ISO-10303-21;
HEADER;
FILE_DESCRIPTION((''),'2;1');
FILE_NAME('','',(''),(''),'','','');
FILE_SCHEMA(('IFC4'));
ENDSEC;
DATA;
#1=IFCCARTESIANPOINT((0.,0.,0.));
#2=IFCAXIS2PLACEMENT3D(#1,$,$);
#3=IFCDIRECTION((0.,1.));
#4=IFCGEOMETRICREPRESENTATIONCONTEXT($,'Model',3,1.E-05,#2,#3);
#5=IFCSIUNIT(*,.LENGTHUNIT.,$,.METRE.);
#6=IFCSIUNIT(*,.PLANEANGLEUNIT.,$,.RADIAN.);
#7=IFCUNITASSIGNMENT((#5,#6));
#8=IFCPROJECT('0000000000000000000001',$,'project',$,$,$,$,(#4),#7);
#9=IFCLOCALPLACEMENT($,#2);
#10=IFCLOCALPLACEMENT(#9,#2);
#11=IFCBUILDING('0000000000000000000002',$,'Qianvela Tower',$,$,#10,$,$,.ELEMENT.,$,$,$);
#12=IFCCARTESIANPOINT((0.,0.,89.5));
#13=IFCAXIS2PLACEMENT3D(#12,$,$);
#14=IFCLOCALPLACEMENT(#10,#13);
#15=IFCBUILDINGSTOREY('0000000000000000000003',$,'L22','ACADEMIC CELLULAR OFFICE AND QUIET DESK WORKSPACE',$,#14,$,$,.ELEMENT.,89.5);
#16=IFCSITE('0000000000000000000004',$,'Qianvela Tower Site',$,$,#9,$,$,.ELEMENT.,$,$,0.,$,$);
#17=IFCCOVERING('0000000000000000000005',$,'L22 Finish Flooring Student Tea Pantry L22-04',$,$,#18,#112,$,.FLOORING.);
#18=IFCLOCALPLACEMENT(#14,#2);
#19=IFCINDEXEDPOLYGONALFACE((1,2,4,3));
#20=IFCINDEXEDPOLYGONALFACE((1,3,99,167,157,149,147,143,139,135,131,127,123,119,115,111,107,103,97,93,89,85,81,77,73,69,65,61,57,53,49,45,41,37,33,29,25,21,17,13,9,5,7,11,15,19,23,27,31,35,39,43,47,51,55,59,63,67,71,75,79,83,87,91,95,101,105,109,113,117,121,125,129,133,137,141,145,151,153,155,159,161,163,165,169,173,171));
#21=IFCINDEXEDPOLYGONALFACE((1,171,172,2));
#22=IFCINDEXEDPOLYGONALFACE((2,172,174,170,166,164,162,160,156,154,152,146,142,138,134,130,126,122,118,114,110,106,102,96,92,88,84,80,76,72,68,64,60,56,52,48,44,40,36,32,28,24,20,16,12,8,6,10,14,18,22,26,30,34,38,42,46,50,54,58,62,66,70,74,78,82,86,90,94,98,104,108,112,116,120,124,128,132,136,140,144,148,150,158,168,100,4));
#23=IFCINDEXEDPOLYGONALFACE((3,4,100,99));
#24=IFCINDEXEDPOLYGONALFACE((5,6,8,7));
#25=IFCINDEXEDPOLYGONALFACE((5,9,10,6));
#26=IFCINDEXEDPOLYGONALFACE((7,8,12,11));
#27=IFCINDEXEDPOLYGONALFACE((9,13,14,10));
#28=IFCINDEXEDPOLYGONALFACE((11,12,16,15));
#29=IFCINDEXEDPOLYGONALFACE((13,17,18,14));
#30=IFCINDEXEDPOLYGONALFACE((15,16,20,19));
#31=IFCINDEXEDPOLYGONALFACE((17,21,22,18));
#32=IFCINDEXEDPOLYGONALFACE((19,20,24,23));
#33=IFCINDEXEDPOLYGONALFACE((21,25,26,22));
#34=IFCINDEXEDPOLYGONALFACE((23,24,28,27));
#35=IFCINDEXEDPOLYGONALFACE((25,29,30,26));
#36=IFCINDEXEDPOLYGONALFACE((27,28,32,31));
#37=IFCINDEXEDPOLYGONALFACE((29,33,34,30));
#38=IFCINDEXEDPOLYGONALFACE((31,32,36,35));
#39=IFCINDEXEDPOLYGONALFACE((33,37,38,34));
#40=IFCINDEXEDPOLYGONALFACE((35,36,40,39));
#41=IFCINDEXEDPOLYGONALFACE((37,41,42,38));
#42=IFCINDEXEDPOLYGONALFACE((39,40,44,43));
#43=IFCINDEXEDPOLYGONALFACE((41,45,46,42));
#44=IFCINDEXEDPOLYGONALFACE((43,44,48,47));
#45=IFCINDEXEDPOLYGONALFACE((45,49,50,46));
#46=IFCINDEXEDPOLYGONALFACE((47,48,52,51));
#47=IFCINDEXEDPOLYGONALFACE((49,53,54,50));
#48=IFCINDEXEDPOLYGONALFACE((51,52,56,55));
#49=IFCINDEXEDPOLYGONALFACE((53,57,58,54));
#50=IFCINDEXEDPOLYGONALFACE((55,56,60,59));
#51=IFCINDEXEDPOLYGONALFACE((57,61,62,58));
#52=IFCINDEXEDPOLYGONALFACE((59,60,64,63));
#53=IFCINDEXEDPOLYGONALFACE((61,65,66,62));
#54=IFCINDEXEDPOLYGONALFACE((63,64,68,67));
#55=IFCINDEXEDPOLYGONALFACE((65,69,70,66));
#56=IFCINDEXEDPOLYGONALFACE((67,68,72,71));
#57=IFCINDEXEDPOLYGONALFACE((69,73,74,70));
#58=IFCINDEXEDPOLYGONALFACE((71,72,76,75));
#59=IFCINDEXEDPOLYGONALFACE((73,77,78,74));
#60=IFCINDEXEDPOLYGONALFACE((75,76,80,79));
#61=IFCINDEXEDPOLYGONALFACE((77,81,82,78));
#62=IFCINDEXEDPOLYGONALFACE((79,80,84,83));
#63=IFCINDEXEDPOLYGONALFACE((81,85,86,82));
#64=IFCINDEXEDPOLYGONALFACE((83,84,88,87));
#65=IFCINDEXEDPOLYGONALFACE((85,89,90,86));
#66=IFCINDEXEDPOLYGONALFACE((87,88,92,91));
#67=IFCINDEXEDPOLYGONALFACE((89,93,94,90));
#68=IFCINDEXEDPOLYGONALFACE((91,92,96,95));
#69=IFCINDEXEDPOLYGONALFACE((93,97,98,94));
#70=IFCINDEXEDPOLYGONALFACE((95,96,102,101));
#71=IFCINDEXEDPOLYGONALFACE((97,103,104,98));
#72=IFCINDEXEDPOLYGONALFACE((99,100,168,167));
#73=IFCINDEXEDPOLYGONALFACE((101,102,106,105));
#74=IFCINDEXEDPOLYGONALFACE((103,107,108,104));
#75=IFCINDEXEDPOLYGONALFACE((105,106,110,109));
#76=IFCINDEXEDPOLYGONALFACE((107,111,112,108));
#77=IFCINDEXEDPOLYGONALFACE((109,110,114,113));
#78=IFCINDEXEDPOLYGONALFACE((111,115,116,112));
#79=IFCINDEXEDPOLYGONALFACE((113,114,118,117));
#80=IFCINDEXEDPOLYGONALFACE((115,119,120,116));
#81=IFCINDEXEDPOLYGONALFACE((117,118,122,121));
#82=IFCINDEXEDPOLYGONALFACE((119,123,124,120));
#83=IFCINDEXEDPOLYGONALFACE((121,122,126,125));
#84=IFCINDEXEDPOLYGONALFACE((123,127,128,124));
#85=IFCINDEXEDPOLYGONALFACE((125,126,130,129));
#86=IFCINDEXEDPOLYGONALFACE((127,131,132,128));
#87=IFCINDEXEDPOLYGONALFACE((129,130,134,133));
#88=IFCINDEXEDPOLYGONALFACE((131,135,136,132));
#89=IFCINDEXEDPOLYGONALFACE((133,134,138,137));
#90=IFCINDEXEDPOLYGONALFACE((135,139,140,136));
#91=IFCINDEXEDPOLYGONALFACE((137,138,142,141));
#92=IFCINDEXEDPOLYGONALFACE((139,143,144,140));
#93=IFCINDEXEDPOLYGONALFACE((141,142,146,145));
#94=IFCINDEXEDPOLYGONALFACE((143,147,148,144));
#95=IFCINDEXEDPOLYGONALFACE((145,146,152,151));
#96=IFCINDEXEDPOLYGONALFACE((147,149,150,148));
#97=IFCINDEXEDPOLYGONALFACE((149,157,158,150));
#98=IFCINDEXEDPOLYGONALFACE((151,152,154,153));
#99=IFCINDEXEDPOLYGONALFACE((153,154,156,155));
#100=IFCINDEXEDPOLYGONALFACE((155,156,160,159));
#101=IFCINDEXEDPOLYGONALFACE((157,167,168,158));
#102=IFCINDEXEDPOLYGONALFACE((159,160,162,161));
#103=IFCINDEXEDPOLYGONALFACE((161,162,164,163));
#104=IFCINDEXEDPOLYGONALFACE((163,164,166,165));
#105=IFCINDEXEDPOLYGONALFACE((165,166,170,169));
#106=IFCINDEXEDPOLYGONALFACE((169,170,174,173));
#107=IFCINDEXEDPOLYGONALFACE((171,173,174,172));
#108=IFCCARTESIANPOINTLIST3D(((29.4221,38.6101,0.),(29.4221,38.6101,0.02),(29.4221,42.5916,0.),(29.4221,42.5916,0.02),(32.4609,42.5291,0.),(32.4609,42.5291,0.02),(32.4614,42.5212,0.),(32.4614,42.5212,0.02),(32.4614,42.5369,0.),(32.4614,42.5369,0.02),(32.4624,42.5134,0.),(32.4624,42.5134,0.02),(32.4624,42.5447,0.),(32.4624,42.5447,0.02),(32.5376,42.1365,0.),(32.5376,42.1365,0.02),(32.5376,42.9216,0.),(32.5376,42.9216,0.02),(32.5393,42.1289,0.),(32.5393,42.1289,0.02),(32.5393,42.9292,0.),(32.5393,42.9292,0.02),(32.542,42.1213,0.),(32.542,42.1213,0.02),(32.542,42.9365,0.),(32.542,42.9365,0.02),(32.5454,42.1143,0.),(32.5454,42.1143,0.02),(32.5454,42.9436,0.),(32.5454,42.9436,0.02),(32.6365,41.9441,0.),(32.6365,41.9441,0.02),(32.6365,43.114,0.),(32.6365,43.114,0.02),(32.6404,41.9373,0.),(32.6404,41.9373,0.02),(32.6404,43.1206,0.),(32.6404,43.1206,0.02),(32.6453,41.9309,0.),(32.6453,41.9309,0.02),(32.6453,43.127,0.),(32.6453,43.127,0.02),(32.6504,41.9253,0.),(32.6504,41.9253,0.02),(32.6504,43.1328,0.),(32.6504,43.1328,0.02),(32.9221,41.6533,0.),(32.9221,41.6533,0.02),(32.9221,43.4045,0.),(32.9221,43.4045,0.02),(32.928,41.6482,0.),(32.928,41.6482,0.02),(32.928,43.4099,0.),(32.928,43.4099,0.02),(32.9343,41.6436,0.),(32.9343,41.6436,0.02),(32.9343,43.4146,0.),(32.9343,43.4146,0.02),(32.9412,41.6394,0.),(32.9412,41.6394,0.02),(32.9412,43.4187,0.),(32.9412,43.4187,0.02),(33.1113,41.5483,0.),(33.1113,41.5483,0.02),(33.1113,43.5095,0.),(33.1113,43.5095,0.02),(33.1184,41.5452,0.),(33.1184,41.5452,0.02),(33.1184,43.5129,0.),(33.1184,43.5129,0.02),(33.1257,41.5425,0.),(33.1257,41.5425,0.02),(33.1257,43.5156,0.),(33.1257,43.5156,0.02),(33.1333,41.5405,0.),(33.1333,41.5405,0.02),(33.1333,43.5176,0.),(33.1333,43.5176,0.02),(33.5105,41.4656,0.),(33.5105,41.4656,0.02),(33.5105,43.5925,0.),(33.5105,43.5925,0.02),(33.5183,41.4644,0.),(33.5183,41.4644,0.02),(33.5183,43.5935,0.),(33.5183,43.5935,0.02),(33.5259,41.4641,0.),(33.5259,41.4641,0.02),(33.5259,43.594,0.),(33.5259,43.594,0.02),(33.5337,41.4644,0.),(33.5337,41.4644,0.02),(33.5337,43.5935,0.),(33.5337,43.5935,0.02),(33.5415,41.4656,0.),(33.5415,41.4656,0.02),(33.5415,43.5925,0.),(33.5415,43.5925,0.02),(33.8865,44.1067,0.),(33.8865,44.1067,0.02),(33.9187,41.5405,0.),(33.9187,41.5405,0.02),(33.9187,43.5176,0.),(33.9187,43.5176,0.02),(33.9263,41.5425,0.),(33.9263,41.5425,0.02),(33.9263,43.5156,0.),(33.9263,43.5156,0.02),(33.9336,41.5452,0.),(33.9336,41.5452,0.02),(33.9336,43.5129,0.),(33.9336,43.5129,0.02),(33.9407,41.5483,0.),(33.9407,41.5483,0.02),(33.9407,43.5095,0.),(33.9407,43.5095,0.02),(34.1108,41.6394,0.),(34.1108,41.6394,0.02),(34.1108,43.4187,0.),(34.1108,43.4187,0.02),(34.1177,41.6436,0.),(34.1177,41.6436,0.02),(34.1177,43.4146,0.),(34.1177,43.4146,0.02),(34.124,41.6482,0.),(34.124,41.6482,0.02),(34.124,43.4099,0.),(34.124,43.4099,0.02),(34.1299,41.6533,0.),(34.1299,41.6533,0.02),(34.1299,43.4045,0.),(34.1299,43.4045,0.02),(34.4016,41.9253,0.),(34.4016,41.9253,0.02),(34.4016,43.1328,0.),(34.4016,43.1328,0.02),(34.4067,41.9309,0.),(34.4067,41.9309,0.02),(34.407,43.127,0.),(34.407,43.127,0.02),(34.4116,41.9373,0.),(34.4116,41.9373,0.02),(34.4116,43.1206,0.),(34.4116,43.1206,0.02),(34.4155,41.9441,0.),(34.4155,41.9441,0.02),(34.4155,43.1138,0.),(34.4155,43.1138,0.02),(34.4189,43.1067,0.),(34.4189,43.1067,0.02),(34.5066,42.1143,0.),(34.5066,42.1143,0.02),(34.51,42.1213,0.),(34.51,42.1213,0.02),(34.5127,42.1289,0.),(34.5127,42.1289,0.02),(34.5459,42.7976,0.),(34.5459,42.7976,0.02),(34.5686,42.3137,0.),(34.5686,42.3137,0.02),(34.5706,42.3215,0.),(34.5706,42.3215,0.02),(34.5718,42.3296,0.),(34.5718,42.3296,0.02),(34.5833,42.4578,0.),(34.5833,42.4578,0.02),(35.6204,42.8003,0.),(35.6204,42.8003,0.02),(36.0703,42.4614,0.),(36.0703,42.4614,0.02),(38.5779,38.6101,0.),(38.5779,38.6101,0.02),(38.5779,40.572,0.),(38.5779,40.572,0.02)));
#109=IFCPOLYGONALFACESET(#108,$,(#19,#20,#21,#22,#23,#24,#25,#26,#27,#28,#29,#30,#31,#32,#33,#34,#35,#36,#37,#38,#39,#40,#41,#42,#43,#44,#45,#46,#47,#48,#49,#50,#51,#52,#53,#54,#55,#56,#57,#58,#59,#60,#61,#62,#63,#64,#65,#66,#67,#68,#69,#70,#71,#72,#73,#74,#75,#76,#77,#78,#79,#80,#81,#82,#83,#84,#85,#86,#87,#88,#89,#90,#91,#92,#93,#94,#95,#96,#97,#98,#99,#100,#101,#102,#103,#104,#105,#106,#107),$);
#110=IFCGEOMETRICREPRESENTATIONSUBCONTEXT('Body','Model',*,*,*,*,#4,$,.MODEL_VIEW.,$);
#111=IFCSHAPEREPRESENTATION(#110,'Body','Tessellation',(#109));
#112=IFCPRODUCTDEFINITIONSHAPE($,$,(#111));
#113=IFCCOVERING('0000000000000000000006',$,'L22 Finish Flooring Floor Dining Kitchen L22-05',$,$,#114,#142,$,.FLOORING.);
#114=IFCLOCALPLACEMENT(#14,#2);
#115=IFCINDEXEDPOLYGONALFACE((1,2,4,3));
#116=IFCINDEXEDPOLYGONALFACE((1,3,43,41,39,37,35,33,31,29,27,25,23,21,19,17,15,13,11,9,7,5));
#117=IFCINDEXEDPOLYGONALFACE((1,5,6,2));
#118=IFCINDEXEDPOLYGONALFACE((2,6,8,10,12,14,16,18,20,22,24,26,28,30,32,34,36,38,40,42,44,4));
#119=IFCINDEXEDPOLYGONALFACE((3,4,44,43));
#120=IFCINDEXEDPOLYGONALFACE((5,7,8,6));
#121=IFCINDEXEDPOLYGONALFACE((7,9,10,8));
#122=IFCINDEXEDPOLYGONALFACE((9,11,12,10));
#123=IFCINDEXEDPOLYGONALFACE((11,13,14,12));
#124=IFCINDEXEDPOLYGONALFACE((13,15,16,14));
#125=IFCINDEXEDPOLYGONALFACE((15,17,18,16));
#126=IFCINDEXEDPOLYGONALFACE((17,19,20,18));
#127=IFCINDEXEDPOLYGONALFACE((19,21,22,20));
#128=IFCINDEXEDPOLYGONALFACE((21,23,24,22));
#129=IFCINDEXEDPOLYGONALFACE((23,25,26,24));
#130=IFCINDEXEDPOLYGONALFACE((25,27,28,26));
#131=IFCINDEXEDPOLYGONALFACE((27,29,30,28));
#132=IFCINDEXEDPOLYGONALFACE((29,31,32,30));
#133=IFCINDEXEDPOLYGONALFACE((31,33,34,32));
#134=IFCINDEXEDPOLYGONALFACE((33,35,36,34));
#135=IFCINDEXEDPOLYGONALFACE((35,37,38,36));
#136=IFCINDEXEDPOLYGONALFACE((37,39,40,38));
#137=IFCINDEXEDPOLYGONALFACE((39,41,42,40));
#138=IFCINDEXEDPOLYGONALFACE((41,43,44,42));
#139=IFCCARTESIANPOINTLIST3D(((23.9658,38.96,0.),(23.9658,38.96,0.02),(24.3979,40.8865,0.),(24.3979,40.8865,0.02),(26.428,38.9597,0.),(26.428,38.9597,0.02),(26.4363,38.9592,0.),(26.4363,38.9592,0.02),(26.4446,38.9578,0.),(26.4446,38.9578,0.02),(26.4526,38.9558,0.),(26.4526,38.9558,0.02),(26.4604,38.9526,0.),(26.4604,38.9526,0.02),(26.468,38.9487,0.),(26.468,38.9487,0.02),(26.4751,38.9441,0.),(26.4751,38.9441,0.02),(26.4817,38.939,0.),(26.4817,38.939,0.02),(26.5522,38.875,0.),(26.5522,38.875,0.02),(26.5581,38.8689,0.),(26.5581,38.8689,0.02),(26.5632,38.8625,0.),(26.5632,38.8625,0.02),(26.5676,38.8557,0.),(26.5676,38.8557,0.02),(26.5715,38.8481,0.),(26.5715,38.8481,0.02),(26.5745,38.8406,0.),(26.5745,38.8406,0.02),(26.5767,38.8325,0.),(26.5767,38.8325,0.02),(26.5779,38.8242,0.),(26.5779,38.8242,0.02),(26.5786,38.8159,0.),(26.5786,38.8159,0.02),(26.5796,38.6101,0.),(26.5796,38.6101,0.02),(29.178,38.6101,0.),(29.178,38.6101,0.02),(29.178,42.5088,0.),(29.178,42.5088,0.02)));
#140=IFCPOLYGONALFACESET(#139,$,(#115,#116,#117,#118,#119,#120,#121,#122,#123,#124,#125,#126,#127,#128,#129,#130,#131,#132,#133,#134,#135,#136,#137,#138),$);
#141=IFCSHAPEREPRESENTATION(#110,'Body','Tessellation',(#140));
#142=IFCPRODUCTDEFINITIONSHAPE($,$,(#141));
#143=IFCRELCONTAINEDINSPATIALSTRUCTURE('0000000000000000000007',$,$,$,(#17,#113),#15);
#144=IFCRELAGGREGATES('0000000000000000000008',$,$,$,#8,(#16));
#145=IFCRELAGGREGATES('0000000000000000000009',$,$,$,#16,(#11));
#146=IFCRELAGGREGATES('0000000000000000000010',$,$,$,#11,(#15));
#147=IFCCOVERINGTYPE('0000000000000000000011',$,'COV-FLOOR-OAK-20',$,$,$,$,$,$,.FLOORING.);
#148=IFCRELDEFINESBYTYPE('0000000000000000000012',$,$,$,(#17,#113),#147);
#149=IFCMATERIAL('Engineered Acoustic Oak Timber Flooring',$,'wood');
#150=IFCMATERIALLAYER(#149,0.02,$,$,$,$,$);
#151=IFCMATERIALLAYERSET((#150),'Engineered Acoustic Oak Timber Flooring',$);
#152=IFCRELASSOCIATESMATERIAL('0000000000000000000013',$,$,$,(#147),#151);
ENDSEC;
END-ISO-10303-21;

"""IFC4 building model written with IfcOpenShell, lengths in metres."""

from ifc_helpers import new_model, si_unit, direction, frame, origin, place, context, subcontext, project, spatial, polyline, outline, extrude, material, layer, layer_set, type_object, element, save


model = new_model("IFC4")

# Units and contexts
model_context = context("Model", 3, precision=1e-05, world=origin(), true_north=direction((0.0, 1.0)))
body_context = subcontext(model_context, "Body", "Model", "MODEL_VIEW")
ifc_project = project(units=[si_unit("LENGTHUNIT", "METRE"), si_unit("PLANEANGLEUNIT", "RADIAN")], contexts=[model_context])

# Site, building, storey
site_placement = place(None, origin())
site = spatial("IfcSite", under=ifc_project, at=site_placement, Name="Qianvela Tower Site", CompositionType="ELEMENT", RefElevation=0.0)
building_placement = place(site_placement, origin())
building = spatial("IfcBuilding", under=site, at=building_placement, Name="Qianvela Tower", CompositionType="ELEMENT")
storey_placement = place(building_placement, frame((0.0, 0.0, 89.5)))
storey = spatial("IfcBuildingStorey", under=building, at=storey_placement, Name="L22", Description="ACADEMIC CELLULAR OFFICE AND QUIET DESK WORKSPACE", CompositionType="ELEMENT", Elevation=89.5)

# Coverings
ifc_material_1 = material(Name="Engineered Acoustic Oak Timber Flooring", Category="wood")
ifc_layer_1 = layer(ifc_material_1, 0.02)
ifc_layer_set_1 = layer_set([ifc_layer_1], Name="Engineered Acoustic Oak Timber Flooring")
covering_type_1 = type_object("IfcCoveringType", Name="COV-FLOOR-OAK-20", PredefinedType="FLOORING", material=ifc_layer_set_1)
covering_1_placement = place(storey_placement, origin())
element("IfcCovering", 1, at=covering_1_placement, inside=storey, type_object=covering_type_1, Name="L22 Finish Flooring Student Tea Pantry L22-04", PredefinedType="FLOORING", context=body_context, shape_type="SweptSolid", body=[
    extrude(outline(polyline([(29.4221, 38.6101), (29.4221, 42.5916), (33.8865, 44.1067), (35.6204, 42.8003), (34.5459, 42.7976), (34.4189, 43.1067), (34.4155, 43.1138), (34.4116, 43.1206), (34.407, 43.127), (34.4016, 43.1328), (34.1299, 43.4045), (34.124, 43.4099), (34.1177, 43.4146), (34.1108, 43.4187), (33.9407, 43.5095), (33.9336, 43.5129), (33.9263, 43.5156), (33.9187, 43.5176), (33.5415, 43.5925), (33.5337, 43.5935), (33.5259, 43.594), (33.5183, 43.5935), (33.5105, 43.5925), (33.1333, 43.5176), (33.1257, 43.5156), (33.1184, 43.5129), (33.1113, 43.5095), (32.9412, 43.4187), (32.9343, 43.4146), (32.928, 43.4099), (32.9221, 43.4045), (32.6504, 43.1328), (32.6453, 43.127), (32.6404, 43.1206), (32.6365, 43.114), (32.5454, 42.9436), (32.542, 42.9365), (32.5393, 42.9292), (32.5376, 42.9216), (32.4624, 42.5447), (32.4614, 42.5369), (32.4609, 42.5291), (32.4614, 42.5212), (32.4624, 42.5134), (32.5376, 42.1365), (32.5393, 42.1289), (32.542, 42.1213), (32.5454, 42.1143), (32.6365, 41.9441), (32.6404, 41.9373), (32.6453, 41.9309), (32.6504, 41.9253), (32.9221, 41.6533), (32.928, 41.6482), (32.9343, 41.6436), (32.9412, 41.6394), (33.1113, 41.5483), (33.1184, 41.5452), (33.1257, 41.5425), (33.1333, 41.5405), (33.5105, 41.4656), (33.5183, 41.4644), (33.5259, 41.4641), (33.5337, 41.4644), (33.5415, 41.4656), (33.9187, 41.5405), (33.9263, 41.5425), (33.9336, 41.5452), (33.9407, 41.5483), (34.1108, 41.6394), (34.1177, 41.6436), (34.124, 41.6482), (34.1299, 41.6533), (34.4016, 41.9253), (34.4067, 41.9309), (34.4116, 41.9373), (34.4155, 41.9441), (34.5066, 42.1143), (34.51, 42.1213), (34.5127, 42.1289), (34.5686, 42.3137), (34.5706, 42.3215), (34.5718, 42.3296), (34.5833, 42.4578), (36.0703, 42.4614), (38.5779, 40.572), (38.5779, 38.6101), (29.4221, 38.6101)])), origin(), (0.0, 0.0, 1.0), 0.02),
])
covering_2_placement = place(storey_placement, origin())
element("IfcCovering", 2, at=covering_2_placement, inside=storey, type_object=covering_type_1, Name="L22 Finish Flooring Floor Dining Kitchen L22-05", PredefinedType="FLOORING", context=body_context, shape_type="SweptSolid", body=[
    extrude(outline(polyline([(29.178, 38.6101), (26.5796, 38.6101), (26.5786, 38.8159), (26.5779, 38.8242), (26.5767, 38.8325), (26.5745, 38.8406), (26.5715, 38.8481), (26.5676, 38.8557), (26.5632, 38.8625), (26.5581, 38.8689), (26.5522, 38.875), (26.4817, 38.939), (26.4751, 38.9441), (26.468, 38.9487), (26.4604, 38.9526), (26.4526, 38.9558), (26.4446, 38.9578), (26.4363, 38.9592), (26.428, 38.9597), (23.9658, 38.96), (24.3979, 40.8865), (29.178, 42.5088), (29.178, 38.6101)])), origin(), (0.0, 0.0, 1.0), 0.02),
])

save(model, "model.ifc")
